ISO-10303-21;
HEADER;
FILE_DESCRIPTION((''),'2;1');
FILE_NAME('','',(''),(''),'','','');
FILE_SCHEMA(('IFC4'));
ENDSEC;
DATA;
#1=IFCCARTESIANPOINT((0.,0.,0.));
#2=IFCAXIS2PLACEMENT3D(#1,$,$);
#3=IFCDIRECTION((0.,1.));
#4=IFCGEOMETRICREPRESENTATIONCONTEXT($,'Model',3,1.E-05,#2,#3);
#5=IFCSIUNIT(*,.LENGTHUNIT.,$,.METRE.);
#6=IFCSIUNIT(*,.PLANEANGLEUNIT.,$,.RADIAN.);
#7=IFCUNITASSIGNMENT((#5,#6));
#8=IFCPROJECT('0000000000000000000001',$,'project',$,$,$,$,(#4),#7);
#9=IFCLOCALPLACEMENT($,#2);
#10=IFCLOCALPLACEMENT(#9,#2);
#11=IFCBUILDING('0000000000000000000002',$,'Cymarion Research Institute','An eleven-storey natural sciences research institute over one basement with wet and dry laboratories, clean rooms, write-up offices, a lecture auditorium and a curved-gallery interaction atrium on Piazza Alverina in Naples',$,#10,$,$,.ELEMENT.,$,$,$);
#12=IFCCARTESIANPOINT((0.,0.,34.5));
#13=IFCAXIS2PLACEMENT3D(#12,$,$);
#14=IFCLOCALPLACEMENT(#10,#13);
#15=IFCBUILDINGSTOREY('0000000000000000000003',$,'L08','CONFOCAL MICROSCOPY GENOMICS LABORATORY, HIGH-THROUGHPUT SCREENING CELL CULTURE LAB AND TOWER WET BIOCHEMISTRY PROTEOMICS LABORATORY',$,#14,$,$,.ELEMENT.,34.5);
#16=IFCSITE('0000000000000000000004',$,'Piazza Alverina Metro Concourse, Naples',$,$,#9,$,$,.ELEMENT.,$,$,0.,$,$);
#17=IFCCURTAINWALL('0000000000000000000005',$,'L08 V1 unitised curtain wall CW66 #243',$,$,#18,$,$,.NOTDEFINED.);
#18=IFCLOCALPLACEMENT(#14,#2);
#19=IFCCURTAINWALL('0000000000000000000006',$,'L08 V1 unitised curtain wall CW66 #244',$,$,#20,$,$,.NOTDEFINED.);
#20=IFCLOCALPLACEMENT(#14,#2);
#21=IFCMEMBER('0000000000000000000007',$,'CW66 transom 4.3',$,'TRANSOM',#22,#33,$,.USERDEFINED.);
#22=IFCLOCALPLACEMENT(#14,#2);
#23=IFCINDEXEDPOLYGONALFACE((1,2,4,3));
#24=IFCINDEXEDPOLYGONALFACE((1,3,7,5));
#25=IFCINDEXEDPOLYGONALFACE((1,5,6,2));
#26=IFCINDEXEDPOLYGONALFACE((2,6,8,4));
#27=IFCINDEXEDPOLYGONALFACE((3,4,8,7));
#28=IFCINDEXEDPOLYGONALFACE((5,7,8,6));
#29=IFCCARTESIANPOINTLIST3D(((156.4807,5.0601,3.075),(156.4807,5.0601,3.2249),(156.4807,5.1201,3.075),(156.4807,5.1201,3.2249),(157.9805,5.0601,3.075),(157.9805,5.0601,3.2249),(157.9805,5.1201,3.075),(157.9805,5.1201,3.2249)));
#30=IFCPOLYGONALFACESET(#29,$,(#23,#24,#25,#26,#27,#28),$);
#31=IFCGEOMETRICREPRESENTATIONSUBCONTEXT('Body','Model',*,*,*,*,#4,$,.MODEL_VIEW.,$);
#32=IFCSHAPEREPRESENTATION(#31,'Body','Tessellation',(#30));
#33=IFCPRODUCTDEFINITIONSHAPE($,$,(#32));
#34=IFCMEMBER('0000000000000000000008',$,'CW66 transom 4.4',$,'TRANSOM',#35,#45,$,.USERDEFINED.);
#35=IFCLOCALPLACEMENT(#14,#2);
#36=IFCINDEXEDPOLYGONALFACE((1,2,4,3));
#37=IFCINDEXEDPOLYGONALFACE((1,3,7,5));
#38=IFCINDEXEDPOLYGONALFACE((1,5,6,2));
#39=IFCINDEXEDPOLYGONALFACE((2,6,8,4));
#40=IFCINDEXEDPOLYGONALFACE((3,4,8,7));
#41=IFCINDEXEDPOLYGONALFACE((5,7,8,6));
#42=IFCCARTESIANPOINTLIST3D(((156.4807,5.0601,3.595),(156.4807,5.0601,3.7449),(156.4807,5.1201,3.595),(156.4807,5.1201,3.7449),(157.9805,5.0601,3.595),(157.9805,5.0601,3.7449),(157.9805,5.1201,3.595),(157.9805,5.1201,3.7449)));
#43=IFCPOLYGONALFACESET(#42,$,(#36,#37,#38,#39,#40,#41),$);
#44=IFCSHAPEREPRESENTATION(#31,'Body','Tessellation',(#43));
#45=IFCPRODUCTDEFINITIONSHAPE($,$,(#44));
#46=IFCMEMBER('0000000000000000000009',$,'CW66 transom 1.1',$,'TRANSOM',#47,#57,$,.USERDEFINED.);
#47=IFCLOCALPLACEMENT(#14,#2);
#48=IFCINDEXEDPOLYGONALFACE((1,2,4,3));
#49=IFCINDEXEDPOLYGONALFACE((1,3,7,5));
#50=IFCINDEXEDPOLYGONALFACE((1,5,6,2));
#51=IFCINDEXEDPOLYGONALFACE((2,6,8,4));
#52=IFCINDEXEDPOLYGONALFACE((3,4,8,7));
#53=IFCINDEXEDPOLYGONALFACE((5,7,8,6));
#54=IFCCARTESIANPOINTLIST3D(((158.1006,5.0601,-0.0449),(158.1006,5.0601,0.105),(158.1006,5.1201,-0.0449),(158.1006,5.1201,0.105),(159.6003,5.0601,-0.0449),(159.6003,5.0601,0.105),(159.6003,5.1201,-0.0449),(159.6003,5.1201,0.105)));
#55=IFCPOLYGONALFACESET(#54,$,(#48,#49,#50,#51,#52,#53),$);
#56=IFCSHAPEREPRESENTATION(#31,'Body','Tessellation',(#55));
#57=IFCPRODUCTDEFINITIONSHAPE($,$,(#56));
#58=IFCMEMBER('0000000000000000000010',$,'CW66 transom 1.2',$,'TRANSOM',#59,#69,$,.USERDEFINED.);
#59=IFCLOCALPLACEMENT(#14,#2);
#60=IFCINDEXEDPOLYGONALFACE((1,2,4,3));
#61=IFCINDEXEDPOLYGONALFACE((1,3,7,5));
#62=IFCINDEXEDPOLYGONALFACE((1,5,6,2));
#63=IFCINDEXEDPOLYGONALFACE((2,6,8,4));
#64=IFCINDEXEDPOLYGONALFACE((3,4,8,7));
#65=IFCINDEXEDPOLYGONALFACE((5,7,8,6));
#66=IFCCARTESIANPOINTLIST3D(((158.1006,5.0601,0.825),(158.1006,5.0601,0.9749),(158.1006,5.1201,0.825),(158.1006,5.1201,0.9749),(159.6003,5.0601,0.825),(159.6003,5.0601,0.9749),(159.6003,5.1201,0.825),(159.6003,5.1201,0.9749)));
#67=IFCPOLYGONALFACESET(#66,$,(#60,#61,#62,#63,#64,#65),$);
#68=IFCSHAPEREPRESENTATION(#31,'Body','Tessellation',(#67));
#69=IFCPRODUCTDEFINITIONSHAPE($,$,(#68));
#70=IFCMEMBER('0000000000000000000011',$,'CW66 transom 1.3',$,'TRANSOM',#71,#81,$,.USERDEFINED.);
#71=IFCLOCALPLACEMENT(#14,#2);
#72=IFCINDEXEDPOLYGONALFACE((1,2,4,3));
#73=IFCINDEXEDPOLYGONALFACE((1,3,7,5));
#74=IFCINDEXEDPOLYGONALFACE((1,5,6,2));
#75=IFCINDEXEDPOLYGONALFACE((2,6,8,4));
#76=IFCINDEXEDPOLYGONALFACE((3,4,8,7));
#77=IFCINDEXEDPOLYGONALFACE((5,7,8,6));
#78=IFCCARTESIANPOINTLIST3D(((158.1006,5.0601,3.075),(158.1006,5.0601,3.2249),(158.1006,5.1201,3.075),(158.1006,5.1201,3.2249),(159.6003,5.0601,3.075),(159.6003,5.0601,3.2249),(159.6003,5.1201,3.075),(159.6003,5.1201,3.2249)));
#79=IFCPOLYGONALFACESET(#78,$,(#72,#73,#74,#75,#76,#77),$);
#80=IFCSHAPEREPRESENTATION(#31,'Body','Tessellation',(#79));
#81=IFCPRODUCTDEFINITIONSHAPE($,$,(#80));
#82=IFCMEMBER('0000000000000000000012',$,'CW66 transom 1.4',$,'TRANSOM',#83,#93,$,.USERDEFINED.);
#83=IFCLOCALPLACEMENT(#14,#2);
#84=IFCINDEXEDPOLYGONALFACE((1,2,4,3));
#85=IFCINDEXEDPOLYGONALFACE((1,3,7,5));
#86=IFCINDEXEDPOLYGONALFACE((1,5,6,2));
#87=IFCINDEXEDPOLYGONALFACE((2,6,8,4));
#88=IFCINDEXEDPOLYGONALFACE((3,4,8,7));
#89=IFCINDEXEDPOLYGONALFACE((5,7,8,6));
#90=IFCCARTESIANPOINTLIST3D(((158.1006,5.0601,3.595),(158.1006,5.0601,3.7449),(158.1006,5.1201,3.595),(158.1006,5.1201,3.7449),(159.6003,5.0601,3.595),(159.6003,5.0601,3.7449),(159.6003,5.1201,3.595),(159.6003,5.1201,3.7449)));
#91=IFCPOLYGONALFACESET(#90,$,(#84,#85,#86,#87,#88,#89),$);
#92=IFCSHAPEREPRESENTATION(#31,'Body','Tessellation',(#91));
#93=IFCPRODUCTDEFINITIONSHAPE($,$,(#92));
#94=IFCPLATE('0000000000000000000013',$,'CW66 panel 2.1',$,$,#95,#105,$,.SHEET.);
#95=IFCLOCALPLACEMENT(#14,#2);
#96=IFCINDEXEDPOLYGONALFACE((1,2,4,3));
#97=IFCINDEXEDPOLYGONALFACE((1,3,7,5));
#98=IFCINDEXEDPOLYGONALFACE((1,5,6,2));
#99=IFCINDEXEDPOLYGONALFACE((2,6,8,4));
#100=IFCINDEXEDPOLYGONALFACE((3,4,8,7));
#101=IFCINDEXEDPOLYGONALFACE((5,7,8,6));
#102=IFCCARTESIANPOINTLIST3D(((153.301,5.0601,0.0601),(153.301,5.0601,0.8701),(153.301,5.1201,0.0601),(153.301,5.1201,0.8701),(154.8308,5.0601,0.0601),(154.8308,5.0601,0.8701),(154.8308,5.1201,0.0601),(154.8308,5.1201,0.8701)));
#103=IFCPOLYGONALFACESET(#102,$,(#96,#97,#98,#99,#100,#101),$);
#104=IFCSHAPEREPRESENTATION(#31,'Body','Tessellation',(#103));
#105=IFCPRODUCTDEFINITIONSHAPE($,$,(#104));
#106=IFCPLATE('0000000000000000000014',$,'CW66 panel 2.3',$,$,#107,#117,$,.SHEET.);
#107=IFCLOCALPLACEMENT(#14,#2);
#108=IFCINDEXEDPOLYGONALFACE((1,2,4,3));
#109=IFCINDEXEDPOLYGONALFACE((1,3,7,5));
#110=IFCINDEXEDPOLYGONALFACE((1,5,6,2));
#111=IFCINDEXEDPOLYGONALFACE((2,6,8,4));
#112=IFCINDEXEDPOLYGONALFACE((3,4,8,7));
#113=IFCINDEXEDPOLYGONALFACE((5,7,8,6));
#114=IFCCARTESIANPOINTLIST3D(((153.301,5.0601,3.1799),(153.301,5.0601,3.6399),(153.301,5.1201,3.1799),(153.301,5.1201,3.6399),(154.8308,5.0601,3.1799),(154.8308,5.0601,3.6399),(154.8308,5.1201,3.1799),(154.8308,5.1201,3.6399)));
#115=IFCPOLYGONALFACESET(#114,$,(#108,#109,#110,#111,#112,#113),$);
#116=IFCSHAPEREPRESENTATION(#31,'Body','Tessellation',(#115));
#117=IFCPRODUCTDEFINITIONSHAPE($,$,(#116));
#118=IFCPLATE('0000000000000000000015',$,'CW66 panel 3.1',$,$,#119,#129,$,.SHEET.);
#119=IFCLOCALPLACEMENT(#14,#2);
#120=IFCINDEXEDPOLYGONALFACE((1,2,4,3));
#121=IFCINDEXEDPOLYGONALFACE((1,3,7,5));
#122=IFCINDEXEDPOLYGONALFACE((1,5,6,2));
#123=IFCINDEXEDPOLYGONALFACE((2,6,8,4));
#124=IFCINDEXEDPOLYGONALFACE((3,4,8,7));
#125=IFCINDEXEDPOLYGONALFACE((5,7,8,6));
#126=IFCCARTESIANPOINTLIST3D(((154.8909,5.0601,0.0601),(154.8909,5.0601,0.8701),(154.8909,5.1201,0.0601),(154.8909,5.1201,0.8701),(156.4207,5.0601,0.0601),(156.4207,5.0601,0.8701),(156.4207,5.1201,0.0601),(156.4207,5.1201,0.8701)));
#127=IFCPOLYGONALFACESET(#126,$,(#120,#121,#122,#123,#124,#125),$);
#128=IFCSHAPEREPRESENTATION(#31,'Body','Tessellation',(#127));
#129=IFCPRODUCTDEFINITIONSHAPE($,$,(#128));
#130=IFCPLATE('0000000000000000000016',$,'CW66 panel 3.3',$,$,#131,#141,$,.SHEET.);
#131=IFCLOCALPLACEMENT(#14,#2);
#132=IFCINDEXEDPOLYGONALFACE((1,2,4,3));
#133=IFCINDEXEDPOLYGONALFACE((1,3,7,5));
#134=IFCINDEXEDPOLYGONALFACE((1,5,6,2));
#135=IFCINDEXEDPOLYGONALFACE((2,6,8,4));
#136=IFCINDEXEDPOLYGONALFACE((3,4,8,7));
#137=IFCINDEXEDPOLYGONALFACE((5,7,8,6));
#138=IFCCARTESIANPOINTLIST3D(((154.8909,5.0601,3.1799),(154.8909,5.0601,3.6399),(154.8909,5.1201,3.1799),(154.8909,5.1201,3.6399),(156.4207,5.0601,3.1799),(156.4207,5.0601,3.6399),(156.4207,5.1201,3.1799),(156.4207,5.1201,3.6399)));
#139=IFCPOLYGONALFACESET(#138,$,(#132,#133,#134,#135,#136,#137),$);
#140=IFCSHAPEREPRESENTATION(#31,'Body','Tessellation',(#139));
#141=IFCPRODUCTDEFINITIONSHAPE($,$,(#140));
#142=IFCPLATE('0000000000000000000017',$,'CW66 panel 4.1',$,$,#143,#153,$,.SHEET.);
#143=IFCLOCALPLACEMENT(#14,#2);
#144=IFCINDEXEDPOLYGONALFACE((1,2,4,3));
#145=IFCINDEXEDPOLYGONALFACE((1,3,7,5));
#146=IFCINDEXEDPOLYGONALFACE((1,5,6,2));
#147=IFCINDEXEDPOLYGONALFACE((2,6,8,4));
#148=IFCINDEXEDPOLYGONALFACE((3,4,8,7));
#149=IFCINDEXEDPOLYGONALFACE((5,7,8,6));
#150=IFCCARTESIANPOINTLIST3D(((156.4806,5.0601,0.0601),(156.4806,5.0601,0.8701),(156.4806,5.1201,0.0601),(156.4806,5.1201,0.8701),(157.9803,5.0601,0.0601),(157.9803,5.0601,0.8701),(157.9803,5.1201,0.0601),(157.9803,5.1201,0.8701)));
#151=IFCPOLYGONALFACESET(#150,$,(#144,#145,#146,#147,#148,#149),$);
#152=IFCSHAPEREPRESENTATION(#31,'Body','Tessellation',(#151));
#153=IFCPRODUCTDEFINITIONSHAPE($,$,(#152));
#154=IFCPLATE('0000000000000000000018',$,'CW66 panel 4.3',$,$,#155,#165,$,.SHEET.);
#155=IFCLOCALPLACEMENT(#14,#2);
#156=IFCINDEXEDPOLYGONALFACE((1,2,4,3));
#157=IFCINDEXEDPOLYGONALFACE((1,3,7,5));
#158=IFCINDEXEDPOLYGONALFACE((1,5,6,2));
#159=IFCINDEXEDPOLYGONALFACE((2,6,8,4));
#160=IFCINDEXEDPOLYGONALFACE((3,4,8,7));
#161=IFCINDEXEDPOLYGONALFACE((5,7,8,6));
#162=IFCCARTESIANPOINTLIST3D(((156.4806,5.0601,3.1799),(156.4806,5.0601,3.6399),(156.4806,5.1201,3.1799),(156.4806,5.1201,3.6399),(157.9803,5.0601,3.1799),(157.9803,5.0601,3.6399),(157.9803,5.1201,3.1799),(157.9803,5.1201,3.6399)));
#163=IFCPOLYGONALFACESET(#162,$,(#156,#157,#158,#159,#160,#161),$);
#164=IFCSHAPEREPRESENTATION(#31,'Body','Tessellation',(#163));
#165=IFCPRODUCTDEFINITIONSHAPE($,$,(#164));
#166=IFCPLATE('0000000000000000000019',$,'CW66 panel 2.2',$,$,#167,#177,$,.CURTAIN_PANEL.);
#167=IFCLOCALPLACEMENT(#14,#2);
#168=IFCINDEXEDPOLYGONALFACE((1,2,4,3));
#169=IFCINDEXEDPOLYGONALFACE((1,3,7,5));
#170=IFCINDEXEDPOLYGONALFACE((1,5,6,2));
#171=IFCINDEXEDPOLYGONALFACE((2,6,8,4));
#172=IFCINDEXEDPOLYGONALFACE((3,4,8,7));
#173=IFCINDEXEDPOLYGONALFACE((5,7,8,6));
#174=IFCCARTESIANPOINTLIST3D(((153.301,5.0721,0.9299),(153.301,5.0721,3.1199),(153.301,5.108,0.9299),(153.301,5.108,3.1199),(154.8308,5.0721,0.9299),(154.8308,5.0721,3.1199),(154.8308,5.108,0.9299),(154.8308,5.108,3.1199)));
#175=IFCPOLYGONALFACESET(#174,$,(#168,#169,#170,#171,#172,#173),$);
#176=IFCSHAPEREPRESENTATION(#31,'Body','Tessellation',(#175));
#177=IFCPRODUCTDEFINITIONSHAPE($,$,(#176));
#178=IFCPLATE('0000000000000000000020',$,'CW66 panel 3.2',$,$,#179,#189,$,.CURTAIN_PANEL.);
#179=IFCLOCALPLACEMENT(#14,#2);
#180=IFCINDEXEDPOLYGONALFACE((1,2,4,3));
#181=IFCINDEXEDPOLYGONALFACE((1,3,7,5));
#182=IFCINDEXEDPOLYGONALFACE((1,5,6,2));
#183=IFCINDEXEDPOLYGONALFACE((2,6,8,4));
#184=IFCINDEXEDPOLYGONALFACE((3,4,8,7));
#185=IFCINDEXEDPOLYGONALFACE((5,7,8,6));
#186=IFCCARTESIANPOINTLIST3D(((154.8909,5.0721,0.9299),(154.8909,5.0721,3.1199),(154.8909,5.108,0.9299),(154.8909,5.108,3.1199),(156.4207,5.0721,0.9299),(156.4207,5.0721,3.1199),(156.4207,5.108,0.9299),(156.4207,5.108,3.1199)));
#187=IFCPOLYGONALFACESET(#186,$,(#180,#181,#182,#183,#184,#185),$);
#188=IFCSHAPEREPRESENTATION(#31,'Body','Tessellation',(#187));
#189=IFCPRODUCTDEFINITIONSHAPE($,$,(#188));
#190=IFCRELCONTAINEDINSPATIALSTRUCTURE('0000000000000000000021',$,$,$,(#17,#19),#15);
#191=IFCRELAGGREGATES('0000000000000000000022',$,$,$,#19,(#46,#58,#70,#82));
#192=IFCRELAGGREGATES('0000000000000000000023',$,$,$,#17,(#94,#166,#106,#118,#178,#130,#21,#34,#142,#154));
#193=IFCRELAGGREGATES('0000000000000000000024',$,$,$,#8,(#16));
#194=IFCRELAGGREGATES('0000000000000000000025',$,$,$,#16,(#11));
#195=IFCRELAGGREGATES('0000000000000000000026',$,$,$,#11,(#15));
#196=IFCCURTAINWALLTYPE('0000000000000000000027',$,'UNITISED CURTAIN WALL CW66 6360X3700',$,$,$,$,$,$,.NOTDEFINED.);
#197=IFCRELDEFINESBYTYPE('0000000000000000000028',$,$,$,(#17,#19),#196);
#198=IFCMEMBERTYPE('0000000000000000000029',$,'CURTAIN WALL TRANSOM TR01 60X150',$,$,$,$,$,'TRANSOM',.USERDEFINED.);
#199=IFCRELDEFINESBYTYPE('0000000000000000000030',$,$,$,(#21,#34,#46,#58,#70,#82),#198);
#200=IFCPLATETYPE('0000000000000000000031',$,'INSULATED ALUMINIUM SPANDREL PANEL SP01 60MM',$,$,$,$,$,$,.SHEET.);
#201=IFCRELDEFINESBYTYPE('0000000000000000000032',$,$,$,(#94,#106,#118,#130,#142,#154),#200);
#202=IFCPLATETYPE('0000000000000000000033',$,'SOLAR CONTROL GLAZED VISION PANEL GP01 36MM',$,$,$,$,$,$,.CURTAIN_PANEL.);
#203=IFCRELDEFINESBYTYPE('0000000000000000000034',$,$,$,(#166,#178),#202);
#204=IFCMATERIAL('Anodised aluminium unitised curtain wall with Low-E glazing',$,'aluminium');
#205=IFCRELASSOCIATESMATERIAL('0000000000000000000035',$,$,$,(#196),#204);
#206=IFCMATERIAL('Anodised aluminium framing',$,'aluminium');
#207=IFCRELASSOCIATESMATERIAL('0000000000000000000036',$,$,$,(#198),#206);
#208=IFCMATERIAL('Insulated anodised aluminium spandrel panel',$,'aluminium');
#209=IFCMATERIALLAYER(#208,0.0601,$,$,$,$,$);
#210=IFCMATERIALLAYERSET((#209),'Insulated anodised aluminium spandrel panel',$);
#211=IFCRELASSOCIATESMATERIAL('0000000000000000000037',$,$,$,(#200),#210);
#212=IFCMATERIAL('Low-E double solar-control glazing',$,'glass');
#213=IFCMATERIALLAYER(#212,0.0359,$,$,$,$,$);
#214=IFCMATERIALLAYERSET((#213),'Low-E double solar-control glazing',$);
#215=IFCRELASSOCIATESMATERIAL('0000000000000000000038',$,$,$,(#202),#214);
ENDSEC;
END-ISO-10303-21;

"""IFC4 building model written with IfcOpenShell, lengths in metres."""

from ifc_helpers import new_model, si_unit, direction, frame, origin, origin_2d, place, context, subcontext, project, spatial, rectangle, extrude, material, layer, layer_set, material_profile, profile_set, type_object, element, aggregate, save


model = new_model("IFC4")

# Units and contexts
model_context = context("Model", 3, precision=1e-05, world=origin(), true_north=direction((0.0, 1.0)))
body_context = subcontext(model_context, "Body", "Model", "MODEL_VIEW")
ifc_project = project(units=[si_unit("LENGTHUNIT", "METRE"), si_unit("PLANEANGLEUNIT", "RADIAN")], contexts=[model_context])

# Site, building, storey
site_placement = place(None, origin())
site = spatial("IfcSite", under=ifc_project, at=site_placement, Name="Piazza Alverina Metro Concourse, Naples", CompositionType="ELEMENT", RefElevation=0.0)
building_placement = place(site_placement, origin())
building = spatial("IfcBuilding", under=site, at=building_placement, Name="Cymarion Research Institute", Description="An eleven-storey natural sciences research institute over one basement with wet and dry laboratories, clean rooms, write-up offices, a lecture auditorium and a curved-gallery interaction atrium on Piazza Alverina in Naples", CompositionType="ELEMENT")
storey_placement = place(building_placement, frame((0.0, 0.0, 34.5)))
storey = spatial("IfcBuildingStorey", under=building, at=storey_placement, Name="L08", Description="CONFOCAL MICROSCOPY GENOMICS LABORATORY, HIGH-THROUGHPUT SCREENING CELL CULTURE LAB AND TOWER WET BIOCHEMISTRY PROTEOMICS LABORATORY", CompositionType="ELEMENT", Elevation=34.5)

# Curtain wall
ifc_material_1 = material(Name="Anodised aluminium unitised curtain wall with Low-E glazing", Category="aluminium")
curtain_wall_type = type_object("IfcCurtainWallType", Name="UNITISED CURTAIN WALL CW66 6360X3700", PredefinedType="NOTDEFINED", material=ifc_material_1)
curtain_wall_1_placement = place(storey_placement, origin())
curtain_wall_1 = element("IfcCurtainWall", 1, at=curtain_wall_1_placement, inside=storey, type_object=curtain_wall_type, Name="L08 V1 unitised curtain wall CW66 #243", PredefinedType="NOTDEFINED")
ifc_material_2 = material(Name="Anodised aluminium framing", Category="aluminium")

# Curtain wall
curtain_wall_2_placement = place(storey_placement, origin())
curtain_wall_2 = element("IfcCurtainWall", 2, at=curtain_wall_2_placement, inside=storey, type_object=curtain_wall_type, Name="L08 V1 unitised curtain wall CW66 #244", PredefinedType="NOTDEFINED")

# Members
ifc_material_profile_1 = material_profile(ifc_material_2, rectangle(XDim=0.0601, YDim=0.1499, at=origin_2d()), Name="ALU TRANSOM 60x150")
ifc_profile_set_1 = profile_set([ifc_material_profile_1], Name="Anodised aluminium framing")
member_type_1 = type_object("IfcMemberType", Name="CURTAIN WALL TRANSOM TR01 60X150", ElementType="TRANSOM", PredefinedType="USERDEFINED", material=ifc_profile_set_1)
member_1_placement = place(storey_placement, frame((156.4807, 5.0901, 3.1499), z_axis=(1.0, 0.0, 0.0), x_axis=(0.0, 1.0, 0.0)))
member_1 = element("IfcMember", 3, at=member_1_placement, type_object=member_type_1, Name="CW66 transom 4.3", ObjectType="TRANSOM", PredefinedType="USERDEFINED", context=body_context, shape_type="SweptSolid", body=[
    extrude(rectangle(XDim=0.0601, YDim=0.1499, at=origin_2d()), origin(), (0.0, 0.0, 1.0), 1.4998),
])
member_2_placement = place(storey_placement, frame((156.4807, 5.0901, 3.6699), z_axis=(1.0, 0.0, 0.0), x_axis=(0.0, 1.0, 0.0)))
member_2 = element("IfcMember", 4, at=member_2_placement, type_object=member_type_1, Name="CW66 transom 4.4", ObjectType="TRANSOM", PredefinedType="USERDEFINED", context=body_context, shape_type="SweptSolid", body=[
    extrude(rectangle(XDim=0.0601, YDim=0.1499, at=origin_2d()), origin(), (0.0, 0.0, 1.0), 1.4998),
])
member_3_placement = place(storey_placement, frame((158.1006, 5.0901, 0.03), z_axis=(1.0, 0.0, 0.0), x_axis=(0.0, 1.0, 0.0)))
member_3 = element("IfcMember", 5, at=member_3_placement, type_object=member_type_1, Name="CW66 transom 1.1", ObjectType="TRANSOM", PredefinedType="USERDEFINED", context=body_context, shape_type="SweptSolid", body=[
    extrude(rectangle(XDim=0.0601, YDim=0.1499, at=origin_2d()), origin(), (0.0, 0.0, 1.0), 1.4998),
])
member_4_placement = place(storey_placement, frame((158.1006, 5.0901, 0.8999), z_axis=(1.0, 0.0, 0.0), x_axis=(0.0, 1.0, 0.0)))
member_4 = element("IfcMember", 6, at=member_4_placement, type_object=member_type_1, Name="CW66 transom 1.2", ObjectType="TRANSOM", PredefinedType="USERDEFINED", context=body_context, shape_type="SweptSolid", body=[
    extrude(rectangle(XDim=0.0601, YDim=0.1499, at=origin_2d()), origin(), (0.0, 0.0, 1.0), 1.4998),
])
member_5_placement = place(storey_placement, frame((158.1006, 5.0901, 3.1499), z_axis=(1.0, 0.0, 0.0), x_axis=(0.0, 1.0, 0.0)))
member_5 = element("IfcMember", 7, at=member_5_placement, type_object=member_type_1, Name="CW66 transom 1.3", ObjectType="TRANSOM", PredefinedType="USERDEFINED", context=body_context, shape_type="SweptSolid", body=[
    extrude(rectangle(XDim=0.0601, YDim=0.1499, at=origin_2d()), origin(), (0.0, 0.0, 1.0), 1.4998),
])
member_6_placement = place(storey_placement, frame((158.1006, 5.0901, 3.6699), z_axis=(1.0, 0.0, 0.0), x_axis=(0.0, 1.0, 0.0)))
member_6 = element("IfcMember", 8, at=member_6_placement, type_object=member_type_1, Name="CW66 transom 1.4", ObjectType="TRANSOM", PredefinedType="USERDEFINED", context=body_context, shape_type="SweptSolid", body=[
    extrude(rectangle(XDim=0.0601, YDim=0.1499, at=origin_2d()), origin(), (0.0, 0.0, 1.0), 1.4998),
])
aggregate(curtain_wall_2, [member_3, member_4, member_5, member_6])

# Plates
ifc_material_3 = material(Name="Insulated anodised aluminium spandrel panel", Category="aluminium")
ifc_layer_1 = layer(ifc_material_3, 0.0601)
ifc_layer_set_1 = layer_set([ifc_layer_1], Name="Insulated anodised aluminium spandrel panel")
plate_type_1 = type_object("IfcPlateType", Name="INSULATED ALUMINIUM SPANDREL PANEL SP01 60MM", PredefinedType="SHEET", material=ifc_layer_set_1)
plate_1_placement = place(storey_placement, frame((154.0659, 5.0901, 0.0601), z_axis=(0.0, 0.0, 1.0), x_axis=(1.0, 0.0, 0.0)))
plate_1 = element("IfcPlate", 9, at=plate_1_placement, type_object=plate_type_1, Name="CW66 panel 2.1", PredefinedType="SHEET", context=body_context, shape_type="SweptSolid", body=[
    extrude(rectangle(XDim=1.5298, YDim=0.0601, at=origin_2d()), origin(), (0.0, 0.0, 1.0), 0.8101),
])
plate_2_placement = place(storey_placement, frame((154.0659, 5.0901, 3.1799), z_axis=(0.0, 0.0, 1.0), x_axis=(1.0, 0.0, 0.0)))
plate_2 = element("IfcPlate", 10, at=plate_2_placement, type_object=plate_type_1, Name="CW66 panel 2.3", PredefinedType="SHEET", context=body_context, shape_type="SweptSolid", body=[
    extrude(rectangle(XDim=1.5298, YDim=0.0601, at=origin_2d()), origin(), (0.0, 0.0, 1.0), 0.46),
])
plate_3_placement = place(storey_placement, frame((155.6558, 5.0901, 0.0601), z_axis=(0.0, 0.0, 1.0), x_axis=(1.0, 0.0, 0.0)))
plate_3 = element("IfcPlate", 11, at=plate_3_placement, type_object=plate_type_1, Name="CW66 panel 3.1", PredefinedType="SHEET", context=body_context, shape_type="SweptSolid", body=[
    extrude(rectangle(XDim=1.5298, YDim=0.0601, at=origin_2d()), origin(), (0.0, 0.0, 1.0), 0.8101),
])
plate_4_placement = place(storey_placement, frame((155.6558, 5.0901, 3.1799), z_axis=(0.0, 0.0, 1.0), x_axis=(1.0, 0.0, 0.0)))
plate_4 = element("IfcPlate", 12, at=plate_4_placement, type_object=plate_type_1, Name="CW66 panel 3.3", PredefinedType="SHEET", context=body_context, shape_type="SweptSolid", body=[
    extrude(rectangle(XDim=1.5298, YDim=0.0601, at=origin_2d()), origin(), (0.0, 0.0, 1.0), 0.46),
])
plate_5_placement = place(storey_placement, frame((157.2305, 5.0901, 0.0601), z_axis=(0.0, 0.0, 1.0), x_axis=(1.0, 0.0, 0.0)))
plate_5 = element("IfcPlate", 13, at=plate_5_placement, type_object=plate_type_1, Name="CW66 panel 4.1", PredefinedType="SHEET", context=body_context, shape_type="SweptSolid", body=[
    extrude(rectangle(XDim=1.4998, YDim=0.0601, at=origin_2d()), origin(), (0.0, 0.0, 1.0), 0.8101),
])
plate_6_placement = place(storey_placement, frame((157.2305, 5.0901, 3.1799), z_axis=(0.0, 0.0, 1.0), x_axis=(1.0, 0.0, 0.0)))
plate_6 = element("IfcPlate", 14, at=plate_6_placement, type_object=plate_type_1, Name="CW66 panel 4.3", PredefinedType="SHEET", context=body_context, shape_type="SweptSolid", body=[
    extrude(rectangle(XDim=1.4998, YDim=0.0601, at=origin_2d()), origin(), (0.0, 0.0, 1.0), 0.46),
])
ifc_material_4 = material(Name="Low-E double solar-control glazing", Category="glass")
ifc_layer_2 = layer(ifc_material_4, 0.0359)
ifc_layer_set_2 = layer_set([ifc_layer_2], Name="Low-E double solar-control glazing")
plate_type_2 = type_object("IfcPlateType", Name="SOLAR CONTROL GLAZED VISION PANEL GP01 36MM", PredefinedType="CURTAIN_PANEL", material=ifc_layer_set_2)
plate_7_placement = place(storey_placement, frame((154.0659, 5.0901, 0.9299), z_axis=(0.0, 0.0, 1.0), x_axis=(1.0, 0.0, 0.0)))
plate_7 = element("IfcPlate", 15, at=plate_7_placement, type_object=plate_type_2, Name="CW66 panel 2.2", PredefinedType="CURTAIN_PANEL", context=body_context, shape_type="SweptSolid", body=[
    extrude(rectangle(XDim=1.5298, YDim=0.0359, at=origin_2d()), origin(), (0.0, 0.0, 1.0), 2.1899),
])
plate_8_placement = place(storey_placement, frame((155.6558, 5.0901, 0.9299), z_axis=(0.0, 0.0, 1.0), x_axis=(1.0, 0.0, 0.0)))
plate_8 = element("IfcPlate", 16, at=plate_8_placement, type_object=plate_type_2, Name="CW66 panel 3.2", PredefinedType="CURTAIN_PANEL", context=body_context, shape_type="SweptSolid", body=[
    extrude(rectangle(XDim=1.5298, YDim=0.0359, at=origin_2d()), origin(), (0.0, 0.0, 1.0), 2.1899),
])
aggregate(curtain_wall_1, [plate_1, plate_7, plate_2, plate_3, plate_8, plate_4, member_1, member_2, plate_5, plate_6])

save(model, "model.ifc")
